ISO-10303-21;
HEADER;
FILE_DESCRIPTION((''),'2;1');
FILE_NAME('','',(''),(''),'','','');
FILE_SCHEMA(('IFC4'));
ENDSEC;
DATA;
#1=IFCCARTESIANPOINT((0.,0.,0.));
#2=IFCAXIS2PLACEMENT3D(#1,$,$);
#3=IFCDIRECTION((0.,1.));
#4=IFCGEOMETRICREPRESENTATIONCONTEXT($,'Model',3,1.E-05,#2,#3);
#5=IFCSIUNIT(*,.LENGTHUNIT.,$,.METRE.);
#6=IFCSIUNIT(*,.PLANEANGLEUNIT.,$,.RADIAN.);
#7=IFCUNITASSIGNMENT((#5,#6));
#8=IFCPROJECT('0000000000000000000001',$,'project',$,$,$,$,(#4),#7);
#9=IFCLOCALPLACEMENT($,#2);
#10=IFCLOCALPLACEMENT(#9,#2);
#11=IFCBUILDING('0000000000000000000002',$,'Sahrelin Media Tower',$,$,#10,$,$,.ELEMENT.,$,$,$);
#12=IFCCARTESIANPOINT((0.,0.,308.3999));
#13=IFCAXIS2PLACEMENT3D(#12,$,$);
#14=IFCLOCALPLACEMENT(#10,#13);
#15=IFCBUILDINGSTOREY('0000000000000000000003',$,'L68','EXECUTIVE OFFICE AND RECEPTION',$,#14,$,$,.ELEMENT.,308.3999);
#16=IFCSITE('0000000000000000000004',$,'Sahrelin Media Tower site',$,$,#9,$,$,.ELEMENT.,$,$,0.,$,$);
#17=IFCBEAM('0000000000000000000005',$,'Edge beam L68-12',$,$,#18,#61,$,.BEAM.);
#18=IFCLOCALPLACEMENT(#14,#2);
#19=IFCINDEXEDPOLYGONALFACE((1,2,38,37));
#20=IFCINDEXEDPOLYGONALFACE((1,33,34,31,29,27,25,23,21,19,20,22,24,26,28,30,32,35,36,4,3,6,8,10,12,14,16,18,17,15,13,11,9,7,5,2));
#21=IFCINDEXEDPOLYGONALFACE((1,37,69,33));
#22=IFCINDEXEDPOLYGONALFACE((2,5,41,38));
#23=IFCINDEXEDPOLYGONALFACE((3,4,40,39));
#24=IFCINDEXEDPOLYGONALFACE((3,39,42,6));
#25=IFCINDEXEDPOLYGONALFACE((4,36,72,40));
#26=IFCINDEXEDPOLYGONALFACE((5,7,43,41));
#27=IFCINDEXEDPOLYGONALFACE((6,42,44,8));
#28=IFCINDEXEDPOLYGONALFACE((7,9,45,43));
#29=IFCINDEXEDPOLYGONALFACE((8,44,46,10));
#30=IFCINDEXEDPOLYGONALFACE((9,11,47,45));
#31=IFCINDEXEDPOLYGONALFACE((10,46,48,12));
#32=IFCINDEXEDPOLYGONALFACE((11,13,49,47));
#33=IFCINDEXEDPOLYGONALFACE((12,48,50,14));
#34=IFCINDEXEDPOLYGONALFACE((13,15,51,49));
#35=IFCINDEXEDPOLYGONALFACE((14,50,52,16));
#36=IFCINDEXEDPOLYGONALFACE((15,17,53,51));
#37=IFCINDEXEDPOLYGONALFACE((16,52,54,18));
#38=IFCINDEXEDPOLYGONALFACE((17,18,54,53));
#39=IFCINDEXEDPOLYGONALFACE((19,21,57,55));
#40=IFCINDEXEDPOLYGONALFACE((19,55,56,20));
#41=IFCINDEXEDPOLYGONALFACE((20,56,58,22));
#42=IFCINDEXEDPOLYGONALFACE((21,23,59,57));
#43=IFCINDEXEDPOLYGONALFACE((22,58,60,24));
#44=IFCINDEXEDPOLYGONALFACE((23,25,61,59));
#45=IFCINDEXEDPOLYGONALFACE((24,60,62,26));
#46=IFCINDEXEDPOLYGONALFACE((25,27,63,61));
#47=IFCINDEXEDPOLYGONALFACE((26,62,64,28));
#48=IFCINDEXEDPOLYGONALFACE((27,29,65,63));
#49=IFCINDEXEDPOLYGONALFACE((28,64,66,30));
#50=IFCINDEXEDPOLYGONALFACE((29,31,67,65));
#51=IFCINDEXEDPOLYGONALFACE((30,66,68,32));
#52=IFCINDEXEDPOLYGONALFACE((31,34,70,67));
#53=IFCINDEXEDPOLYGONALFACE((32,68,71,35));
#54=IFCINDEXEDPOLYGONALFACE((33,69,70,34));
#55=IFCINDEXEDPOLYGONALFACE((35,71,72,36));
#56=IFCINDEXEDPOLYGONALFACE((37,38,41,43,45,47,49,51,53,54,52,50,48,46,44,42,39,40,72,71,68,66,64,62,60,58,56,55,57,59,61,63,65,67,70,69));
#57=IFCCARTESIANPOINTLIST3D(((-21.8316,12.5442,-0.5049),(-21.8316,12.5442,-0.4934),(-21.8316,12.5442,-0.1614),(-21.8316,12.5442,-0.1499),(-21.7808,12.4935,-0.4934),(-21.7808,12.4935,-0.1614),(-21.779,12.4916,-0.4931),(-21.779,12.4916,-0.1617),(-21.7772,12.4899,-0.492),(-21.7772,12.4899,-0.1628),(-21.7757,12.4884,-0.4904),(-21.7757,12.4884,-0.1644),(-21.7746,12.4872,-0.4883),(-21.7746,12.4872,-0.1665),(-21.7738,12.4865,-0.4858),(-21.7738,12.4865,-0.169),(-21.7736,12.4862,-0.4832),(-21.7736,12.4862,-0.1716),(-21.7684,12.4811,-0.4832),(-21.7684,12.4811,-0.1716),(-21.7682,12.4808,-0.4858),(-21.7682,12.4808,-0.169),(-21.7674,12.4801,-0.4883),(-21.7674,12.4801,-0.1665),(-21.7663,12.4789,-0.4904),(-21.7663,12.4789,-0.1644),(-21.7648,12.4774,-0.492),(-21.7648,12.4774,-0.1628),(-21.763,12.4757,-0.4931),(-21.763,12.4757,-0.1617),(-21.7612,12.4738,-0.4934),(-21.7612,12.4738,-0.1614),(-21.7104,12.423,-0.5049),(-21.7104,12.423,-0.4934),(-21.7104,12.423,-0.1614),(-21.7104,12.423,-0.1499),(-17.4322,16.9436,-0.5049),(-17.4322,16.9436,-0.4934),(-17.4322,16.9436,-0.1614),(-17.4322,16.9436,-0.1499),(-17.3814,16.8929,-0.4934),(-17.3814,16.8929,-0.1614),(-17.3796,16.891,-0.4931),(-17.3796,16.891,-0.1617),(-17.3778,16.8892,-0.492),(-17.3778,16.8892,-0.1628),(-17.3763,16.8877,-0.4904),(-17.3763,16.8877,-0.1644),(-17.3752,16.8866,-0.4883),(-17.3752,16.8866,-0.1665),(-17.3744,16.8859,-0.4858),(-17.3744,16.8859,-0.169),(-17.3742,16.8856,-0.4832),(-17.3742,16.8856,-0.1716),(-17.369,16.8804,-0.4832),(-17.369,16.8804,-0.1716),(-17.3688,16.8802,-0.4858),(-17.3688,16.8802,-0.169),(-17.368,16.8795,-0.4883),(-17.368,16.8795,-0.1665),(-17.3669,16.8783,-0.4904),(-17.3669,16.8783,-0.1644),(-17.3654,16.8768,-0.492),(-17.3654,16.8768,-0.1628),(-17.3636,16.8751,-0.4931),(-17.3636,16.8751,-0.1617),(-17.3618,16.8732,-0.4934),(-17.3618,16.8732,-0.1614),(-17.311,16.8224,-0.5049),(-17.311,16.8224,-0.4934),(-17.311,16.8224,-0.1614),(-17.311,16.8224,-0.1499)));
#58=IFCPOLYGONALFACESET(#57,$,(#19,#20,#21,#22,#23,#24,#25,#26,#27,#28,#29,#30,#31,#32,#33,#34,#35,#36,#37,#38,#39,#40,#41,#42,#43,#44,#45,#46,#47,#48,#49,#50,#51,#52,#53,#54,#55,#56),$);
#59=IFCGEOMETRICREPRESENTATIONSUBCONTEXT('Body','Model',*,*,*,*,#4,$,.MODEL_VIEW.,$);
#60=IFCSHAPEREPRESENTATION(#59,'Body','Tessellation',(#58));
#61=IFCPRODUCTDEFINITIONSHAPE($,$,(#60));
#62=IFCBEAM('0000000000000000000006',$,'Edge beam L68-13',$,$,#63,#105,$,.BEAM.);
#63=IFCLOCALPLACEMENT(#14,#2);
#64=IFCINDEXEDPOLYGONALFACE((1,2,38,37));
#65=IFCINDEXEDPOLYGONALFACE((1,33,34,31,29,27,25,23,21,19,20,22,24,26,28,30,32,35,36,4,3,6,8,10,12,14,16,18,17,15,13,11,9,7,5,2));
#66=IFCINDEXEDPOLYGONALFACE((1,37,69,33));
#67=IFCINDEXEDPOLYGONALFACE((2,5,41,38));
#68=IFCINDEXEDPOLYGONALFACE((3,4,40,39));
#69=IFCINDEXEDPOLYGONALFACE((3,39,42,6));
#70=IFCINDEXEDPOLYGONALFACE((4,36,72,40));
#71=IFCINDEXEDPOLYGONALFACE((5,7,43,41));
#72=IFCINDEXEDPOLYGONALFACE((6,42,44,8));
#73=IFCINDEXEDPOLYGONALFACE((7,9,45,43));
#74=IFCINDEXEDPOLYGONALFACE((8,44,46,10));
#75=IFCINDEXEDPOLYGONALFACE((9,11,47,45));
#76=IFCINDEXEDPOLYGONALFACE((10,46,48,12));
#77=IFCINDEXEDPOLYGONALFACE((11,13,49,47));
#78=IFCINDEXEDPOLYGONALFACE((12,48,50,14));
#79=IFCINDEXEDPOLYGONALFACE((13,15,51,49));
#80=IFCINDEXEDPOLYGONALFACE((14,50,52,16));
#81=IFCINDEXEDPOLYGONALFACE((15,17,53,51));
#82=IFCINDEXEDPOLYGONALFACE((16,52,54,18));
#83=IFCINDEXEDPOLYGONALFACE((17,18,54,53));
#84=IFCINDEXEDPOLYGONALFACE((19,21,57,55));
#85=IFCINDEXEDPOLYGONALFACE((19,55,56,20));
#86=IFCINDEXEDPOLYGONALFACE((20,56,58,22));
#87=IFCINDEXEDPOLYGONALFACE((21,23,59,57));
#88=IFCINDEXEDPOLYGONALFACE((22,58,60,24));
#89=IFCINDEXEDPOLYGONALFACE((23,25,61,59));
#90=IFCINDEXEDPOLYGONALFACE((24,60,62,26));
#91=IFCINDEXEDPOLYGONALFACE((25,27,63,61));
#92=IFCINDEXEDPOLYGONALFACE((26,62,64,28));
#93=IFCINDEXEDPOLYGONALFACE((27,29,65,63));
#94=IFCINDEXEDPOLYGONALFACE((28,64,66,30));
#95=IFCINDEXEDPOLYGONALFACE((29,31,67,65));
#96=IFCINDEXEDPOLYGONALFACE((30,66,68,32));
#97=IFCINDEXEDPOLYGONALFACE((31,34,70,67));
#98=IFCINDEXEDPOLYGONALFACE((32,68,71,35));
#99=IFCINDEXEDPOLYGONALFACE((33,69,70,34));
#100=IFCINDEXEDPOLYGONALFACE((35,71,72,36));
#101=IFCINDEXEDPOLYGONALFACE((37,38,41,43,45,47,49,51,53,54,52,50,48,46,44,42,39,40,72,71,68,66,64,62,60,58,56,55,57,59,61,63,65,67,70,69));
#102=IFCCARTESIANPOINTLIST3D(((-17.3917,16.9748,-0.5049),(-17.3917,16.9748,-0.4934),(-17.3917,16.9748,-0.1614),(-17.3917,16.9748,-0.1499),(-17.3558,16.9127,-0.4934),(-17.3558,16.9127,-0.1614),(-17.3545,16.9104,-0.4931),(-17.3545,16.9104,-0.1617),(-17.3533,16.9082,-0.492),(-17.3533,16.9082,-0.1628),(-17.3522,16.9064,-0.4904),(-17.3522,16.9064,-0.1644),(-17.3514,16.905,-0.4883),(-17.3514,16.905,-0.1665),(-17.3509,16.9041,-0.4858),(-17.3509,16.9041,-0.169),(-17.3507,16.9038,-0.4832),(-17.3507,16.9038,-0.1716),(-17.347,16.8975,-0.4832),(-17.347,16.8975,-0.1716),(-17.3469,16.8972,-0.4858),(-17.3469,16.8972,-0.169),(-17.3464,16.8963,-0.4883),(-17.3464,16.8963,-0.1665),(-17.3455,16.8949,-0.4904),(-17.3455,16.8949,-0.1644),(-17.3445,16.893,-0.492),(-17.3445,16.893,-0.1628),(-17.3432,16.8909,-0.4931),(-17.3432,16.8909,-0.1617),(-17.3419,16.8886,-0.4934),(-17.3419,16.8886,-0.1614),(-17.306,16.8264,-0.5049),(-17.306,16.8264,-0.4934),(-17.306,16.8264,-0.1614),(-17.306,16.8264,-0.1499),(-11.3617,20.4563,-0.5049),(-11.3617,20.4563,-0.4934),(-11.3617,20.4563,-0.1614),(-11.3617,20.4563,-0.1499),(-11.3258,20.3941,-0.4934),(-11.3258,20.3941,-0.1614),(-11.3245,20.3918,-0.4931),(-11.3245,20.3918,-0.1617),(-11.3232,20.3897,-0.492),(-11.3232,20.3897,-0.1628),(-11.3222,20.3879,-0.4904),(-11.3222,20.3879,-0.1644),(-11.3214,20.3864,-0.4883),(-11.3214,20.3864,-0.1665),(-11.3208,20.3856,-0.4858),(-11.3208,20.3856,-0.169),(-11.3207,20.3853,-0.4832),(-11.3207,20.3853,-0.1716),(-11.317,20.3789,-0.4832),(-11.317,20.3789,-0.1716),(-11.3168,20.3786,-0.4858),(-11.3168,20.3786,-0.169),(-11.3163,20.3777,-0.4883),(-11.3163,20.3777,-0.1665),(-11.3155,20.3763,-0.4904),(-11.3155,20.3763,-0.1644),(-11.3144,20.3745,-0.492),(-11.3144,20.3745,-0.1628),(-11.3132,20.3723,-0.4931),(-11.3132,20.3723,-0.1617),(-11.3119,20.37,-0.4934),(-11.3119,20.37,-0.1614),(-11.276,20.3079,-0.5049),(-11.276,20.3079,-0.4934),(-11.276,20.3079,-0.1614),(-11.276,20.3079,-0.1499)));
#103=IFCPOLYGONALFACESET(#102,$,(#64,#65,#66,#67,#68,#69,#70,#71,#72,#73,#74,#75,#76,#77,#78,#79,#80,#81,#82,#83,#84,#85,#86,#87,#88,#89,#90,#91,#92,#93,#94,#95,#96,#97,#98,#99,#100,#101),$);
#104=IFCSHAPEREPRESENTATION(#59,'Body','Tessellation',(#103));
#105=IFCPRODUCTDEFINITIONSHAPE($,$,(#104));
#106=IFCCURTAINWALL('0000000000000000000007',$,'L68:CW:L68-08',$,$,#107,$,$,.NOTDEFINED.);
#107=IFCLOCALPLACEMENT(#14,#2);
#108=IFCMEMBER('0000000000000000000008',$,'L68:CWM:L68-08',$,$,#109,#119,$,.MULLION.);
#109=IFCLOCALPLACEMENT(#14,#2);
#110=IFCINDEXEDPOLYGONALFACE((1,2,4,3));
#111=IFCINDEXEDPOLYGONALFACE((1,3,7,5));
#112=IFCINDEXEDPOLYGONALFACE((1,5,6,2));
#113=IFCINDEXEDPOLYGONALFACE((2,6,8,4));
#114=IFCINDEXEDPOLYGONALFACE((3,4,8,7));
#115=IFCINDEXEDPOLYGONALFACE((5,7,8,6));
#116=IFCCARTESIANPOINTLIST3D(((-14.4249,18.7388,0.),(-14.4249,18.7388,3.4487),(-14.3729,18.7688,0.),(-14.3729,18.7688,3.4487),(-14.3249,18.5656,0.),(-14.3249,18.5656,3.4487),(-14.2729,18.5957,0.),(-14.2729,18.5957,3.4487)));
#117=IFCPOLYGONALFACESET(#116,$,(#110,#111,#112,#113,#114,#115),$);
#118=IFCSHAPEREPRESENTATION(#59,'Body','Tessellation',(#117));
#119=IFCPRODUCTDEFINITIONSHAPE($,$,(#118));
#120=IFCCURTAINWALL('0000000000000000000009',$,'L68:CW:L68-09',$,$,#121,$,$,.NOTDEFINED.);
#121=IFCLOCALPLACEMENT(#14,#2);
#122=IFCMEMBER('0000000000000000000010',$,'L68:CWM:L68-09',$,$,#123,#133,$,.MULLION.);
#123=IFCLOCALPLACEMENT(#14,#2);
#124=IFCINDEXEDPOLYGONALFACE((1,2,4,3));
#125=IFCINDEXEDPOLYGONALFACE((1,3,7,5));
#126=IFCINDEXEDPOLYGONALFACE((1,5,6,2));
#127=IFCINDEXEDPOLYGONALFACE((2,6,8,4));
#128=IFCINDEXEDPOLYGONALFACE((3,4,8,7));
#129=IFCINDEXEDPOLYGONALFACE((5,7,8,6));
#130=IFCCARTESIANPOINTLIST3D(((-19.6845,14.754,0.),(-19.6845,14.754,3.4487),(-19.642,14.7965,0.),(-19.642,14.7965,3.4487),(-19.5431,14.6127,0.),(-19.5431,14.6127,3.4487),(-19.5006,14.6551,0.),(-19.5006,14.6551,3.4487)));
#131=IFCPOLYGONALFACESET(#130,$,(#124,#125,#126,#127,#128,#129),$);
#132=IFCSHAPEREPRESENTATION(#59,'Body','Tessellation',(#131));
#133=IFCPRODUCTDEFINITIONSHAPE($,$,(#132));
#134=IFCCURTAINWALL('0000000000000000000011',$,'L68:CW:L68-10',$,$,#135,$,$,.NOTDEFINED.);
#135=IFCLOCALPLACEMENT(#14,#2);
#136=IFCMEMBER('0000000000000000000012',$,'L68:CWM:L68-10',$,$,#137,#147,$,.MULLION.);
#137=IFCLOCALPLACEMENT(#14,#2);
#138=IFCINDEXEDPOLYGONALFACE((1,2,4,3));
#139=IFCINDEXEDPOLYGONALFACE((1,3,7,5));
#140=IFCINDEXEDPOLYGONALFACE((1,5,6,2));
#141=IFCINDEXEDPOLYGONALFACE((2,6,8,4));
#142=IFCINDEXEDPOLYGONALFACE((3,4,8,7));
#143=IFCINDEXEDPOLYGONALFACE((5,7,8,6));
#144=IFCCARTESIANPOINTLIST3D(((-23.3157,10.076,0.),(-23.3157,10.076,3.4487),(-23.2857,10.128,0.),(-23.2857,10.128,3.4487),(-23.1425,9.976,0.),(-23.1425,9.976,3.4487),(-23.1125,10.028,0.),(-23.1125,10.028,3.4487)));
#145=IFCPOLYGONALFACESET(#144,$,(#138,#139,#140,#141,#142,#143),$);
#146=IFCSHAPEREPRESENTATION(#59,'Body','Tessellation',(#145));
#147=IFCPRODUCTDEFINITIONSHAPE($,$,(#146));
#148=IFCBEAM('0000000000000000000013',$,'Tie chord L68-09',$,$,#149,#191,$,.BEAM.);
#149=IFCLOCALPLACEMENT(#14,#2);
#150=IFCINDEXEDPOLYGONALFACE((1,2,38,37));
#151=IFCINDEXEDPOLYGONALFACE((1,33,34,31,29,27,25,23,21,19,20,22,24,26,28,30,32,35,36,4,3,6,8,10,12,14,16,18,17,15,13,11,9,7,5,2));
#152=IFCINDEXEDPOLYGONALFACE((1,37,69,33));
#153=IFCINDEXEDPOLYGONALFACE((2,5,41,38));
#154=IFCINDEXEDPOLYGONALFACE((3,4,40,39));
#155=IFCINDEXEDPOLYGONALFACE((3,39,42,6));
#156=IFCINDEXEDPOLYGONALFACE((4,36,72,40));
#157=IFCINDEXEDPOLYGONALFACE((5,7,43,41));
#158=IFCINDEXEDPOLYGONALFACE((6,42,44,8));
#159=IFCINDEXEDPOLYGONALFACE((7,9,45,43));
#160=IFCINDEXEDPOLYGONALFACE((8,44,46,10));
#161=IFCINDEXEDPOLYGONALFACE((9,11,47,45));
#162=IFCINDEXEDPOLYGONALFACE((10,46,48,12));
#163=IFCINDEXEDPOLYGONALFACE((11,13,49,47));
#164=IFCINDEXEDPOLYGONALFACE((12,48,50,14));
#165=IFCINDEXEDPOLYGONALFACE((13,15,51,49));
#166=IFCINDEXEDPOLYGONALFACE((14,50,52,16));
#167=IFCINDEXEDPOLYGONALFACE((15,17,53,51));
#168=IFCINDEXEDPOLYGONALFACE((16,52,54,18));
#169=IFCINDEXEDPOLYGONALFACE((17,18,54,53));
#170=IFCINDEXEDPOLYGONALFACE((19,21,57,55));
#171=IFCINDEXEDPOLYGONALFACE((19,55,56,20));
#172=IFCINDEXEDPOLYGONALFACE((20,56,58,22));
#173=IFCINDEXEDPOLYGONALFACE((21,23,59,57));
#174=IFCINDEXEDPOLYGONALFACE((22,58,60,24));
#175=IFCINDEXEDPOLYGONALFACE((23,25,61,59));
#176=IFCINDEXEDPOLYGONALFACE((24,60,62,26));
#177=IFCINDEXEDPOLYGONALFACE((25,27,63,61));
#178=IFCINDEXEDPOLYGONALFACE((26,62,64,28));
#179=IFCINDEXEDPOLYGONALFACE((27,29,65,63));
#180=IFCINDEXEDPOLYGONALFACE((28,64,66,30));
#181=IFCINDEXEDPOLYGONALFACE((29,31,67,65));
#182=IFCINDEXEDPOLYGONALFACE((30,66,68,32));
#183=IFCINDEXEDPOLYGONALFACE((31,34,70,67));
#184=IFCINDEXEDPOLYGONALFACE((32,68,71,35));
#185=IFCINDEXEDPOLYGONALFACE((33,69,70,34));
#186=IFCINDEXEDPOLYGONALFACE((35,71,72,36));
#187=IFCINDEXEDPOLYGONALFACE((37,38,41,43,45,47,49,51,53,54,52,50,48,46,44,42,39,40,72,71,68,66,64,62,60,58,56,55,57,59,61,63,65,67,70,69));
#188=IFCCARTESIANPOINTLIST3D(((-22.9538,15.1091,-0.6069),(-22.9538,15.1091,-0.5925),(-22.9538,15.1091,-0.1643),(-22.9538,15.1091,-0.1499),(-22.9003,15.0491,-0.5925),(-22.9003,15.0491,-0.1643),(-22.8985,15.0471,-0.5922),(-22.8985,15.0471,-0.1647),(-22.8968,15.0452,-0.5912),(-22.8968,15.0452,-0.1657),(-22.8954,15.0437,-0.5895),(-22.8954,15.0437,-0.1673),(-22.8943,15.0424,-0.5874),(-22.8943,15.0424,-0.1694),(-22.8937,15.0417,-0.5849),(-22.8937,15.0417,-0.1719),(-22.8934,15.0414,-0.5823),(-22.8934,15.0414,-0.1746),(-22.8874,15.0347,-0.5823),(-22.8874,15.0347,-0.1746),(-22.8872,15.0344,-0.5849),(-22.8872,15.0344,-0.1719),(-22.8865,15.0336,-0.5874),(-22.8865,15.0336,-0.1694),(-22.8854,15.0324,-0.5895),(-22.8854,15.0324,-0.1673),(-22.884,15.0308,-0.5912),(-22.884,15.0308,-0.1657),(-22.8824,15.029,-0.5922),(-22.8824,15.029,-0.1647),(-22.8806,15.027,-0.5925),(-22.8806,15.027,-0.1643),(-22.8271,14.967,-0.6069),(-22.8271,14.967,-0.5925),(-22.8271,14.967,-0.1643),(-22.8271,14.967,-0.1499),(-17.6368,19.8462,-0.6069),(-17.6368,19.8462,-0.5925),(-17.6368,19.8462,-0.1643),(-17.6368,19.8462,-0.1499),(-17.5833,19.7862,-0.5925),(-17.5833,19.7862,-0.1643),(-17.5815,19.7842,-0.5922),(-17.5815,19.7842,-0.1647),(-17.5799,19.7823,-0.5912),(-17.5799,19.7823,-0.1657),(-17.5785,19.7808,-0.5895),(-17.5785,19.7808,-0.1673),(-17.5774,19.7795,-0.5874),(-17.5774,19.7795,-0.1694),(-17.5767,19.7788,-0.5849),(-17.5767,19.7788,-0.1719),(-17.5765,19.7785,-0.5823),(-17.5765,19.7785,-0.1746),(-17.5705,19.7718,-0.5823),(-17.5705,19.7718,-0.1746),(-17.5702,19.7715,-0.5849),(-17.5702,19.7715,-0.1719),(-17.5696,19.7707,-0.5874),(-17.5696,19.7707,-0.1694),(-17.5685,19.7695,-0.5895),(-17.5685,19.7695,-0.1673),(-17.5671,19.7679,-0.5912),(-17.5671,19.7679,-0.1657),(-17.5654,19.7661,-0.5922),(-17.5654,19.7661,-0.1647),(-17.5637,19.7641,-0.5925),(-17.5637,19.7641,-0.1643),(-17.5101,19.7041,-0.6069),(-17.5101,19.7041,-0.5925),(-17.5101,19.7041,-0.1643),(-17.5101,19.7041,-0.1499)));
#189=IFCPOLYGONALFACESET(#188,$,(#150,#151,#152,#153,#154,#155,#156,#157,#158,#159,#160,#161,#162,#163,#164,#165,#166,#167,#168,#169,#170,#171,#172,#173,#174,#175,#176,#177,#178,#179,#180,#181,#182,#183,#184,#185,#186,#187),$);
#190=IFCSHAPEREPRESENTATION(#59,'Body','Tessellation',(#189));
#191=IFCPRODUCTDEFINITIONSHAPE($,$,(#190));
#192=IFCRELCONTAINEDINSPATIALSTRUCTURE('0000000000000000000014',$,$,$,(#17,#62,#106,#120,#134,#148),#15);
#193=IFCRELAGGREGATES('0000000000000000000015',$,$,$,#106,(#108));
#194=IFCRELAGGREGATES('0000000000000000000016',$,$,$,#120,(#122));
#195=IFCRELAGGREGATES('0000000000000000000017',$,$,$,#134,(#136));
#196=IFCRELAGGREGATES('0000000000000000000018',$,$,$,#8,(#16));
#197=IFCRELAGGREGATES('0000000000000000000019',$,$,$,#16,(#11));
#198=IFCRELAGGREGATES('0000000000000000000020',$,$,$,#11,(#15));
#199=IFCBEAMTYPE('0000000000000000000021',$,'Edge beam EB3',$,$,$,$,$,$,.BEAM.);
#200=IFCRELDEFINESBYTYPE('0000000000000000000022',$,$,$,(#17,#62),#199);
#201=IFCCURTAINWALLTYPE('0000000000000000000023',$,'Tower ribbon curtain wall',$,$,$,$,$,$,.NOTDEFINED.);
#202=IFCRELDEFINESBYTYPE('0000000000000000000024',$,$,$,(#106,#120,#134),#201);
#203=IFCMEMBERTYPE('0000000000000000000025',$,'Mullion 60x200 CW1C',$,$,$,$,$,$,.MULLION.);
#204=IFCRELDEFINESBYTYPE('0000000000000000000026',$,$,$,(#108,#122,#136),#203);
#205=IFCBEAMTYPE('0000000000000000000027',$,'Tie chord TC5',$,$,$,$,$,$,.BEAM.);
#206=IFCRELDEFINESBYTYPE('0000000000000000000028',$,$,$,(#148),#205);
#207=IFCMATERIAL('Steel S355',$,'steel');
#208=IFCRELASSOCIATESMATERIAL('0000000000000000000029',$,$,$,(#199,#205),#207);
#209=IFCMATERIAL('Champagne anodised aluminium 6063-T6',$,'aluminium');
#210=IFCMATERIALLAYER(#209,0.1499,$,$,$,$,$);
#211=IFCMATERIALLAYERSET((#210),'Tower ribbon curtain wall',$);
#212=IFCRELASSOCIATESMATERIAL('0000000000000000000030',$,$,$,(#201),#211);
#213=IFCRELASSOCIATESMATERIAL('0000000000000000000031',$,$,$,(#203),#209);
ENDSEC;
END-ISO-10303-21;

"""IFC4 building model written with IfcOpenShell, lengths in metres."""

from ifc_helpers import new_model, si_unit, direction, frame, origin, origin_2d, place, context, subcontext, project, spatial, rectangle, i_section, extrude, material, layer, layer_set, material_profile, profile_set, type_object, element, aggregate, save


model = new_model("IFC4")

# Units and contexts
model_context = context("Model", 3, precision=1e-05, world=origin(), true_north=direction((0.0, 1.0)))
body_context = subcontext(model_context, "Body", "Model", "MODEL_VIEW")
ifc_project = project(units=[si_unit("LENGTHUNIT", "METRE"), si_unit("PLANEANGLEUNIT", "RADIAN")], contexts=[model_context])

# Site, building, storey
site_placement = place(None, origin())
site = spatial("IfcSite", under=ifc_project, at=site_placement, Name="Sahrelin Media Tower site", CompositionType="ELEMENT", RefElevation=0.0)
building_placement = place(site_placement, origin())
building = spatial("IfcBuilding", under=site, at=building_placement, Name="Sahrelin Media Tower", CompositionType="ELEMENT")
storey_placement = place(building_placement, frame((0.0, 0.0, 308.3999)))
storey = spatial("IfcBuildingStorey", under=building, at=storey_placement, Name="L68", Description="EXECUTIVE OFFICE AND RECEPTION", CompositionType="ELEMENT", Elevation=308.3999)

# Beams
ifc_material_1 = material(Name="Steel S355", Category="steel")
ifc_material_profile_1 = material_profile(ifc_material_1, i_section(OverallWidth=0.1714, OverallDepth=0.355, WebThickness=0.0073, FlangeThickness=0.0115, FilletRadius=0.0103, at=origin_2d()), Name="UB 356x171x51")
ifc_profile_set_1 = profile_set([ifc_material_profile_1], Name="Steel S355")
beam_type_1 = type_object("IfcBeamType", Name="Edge beam EB3", PredefinedType="BEAM", material=ifc_profile_set_1)
beam_1_placement = place(storey_placement, frame((-21.771, 12.4836, -0.3274), z_axis=(0.707107, 0.707107, 0.0), x_axis=(-0.707107, 0.707107, 0.0)))
element("IfcBeam", 1, at=beam_1_placement, inside=storey, type_object=beam_type_1, Name="Edge beam L68-12", PredefinedType="BEAM", context=body_context, shape_type="SweptSolid", body=[
    extrude(i_section(OverallWidth=0.1714, OverallDepth=0.355, WebThickness=0.0073, FlangeThickness=0.0115, FilletRadius=0.0103, at=origin_2d()), origin(), (0.0, 0.0, 1.0), 6.2217),
])
beam_2_placement = place(storey_placement, frame((-17.3489, 16.9006, -0.3274), z_axis=(0.866025, 0.500001, 0.0), x_axis=(-0.500001, 0.866025, 0.0)))
element("IfcBeam", 2, at=beam_2_placement, inside=storey, type_object=beam_type_1, Name="Edge beam L68-13", PredefinedType="BEAM", context=body_context, shape_type="SweptSolid", body=[
    extrude(i_section(OverallWidth=0.1714, OverallDepth=0.355, WebThickness=0.0073, FlangeThickness=0.0115, FilletRadius=0.0103, at=origin_2d()), origin(), (0.0, 0.0, 1.0), 6.9629),
])

# Curtain walls, members
ifc_material_2 = material(Name="Champagne anodised aluminium 6063-T6", Category="aluminium")
ifc_layer_1 = layer(ifc_material_2, 0.1499)
ifc_layer_set_1 = layer_set([ifc_layer_1], Name="Tower ribbon curtain wall")
curtain_wall_type = type_object("IfcCurtainWallType", Name="Tower ribbon curtain wall", PredefinedType="NOTDEFINED", material=ifc_layer_set_1)
curtain_wall_1_placement = place(storey_placement, frame((-14.4087, 18.7712, 0.0), z_axis=(0.0, 0.0, 1.0), x_axis=(1.0, 0.0, 0.0)))
curtain_wall_1 = element("IfcCurtainWall", 3, at=curtain_wall_1_placement, inside=storey, type_object=curtain_wall_type, Name="L68:CW:L68-08", PredefinedType="NOTDEFINED")
ifc_material_profile_2 = material_profile(ifc_material_2, rectangle(XDim=0.0601, YDim=0.2, at=origin_2d()), Name="Mullion 60x200")
ifc_profile_set_2 = profile_set([ifc_material_profile_2], Name="Champagne anodised aluminium 6063-T6")
member_type_1 = type_object("IfcMemberType", Name="Mullion 60x200 CW1C", PredefinedType="MULLION", material=ifc_profile_set_2)
member_1_placement = place(storey_placement, frame((-14.3489, 18.6672, 0.0), z_axis=(0.0, 0.0, 1.0), x_axis=(-0.866029, -0.499994, 0.0)))
member_1 = element("IfcMember", 4, at=member_1_placement, type_object=member_type_1, Name="L68:CWM:L68-08", PredefinedType="MULLION", context=body_context, shape_type="SweptSolid", body=[
    extrude(rectangle(XDim=0.0601, YDim=0.2, at=origin_2d()), origin(), (0.0, 0.0, 1.0), 3.4487),
])
aggregate(curtain_wall_1, [member_1])
curtain_wall_2_placement = place(storey_placement, frame((-19.6775, 14.7896, 0.0), z_axis=(0.0, 0.0, 1.0), x_axis=(1.0, 0.0, 0.0)))
curtain_wall_2 = element("IfcCurtainWall", 5, at=curtain_wall_2_placement, inside=storey, type_object=curtain_wall_type, Name="L68:CW:L68-09", PredefinedType="NOTDEFINED")
member_2_placement = place(storey_placement, frame((-19.5925, 14.7046, 0.0), z_axis=(0.0, 0.0, 1.0), x_axis=(-0.707107, -0.707107, 0.0)))
member_2 = element("IfcMember", 6, at=member_2_placement, type_object=member_type_1, Name="L68:CWM:L68-09", PredefinedType="MULLION", context=body_context, shape_type="SweptSolid", body=[
    extrude(rectangle(XDim=0.0601, YDim=0.2, at=origin_2d()), origin(), (0.0, 0.0, 1.0), 3.4487),
])
curtain_wall_3_placement = place(storey_placement, frame((-23.3181, 10.1118, 0.0), z_axis=(0.0, 0.0, 1.0), x_axis=(1.0, 0.0, 0.0)))
curtain_wall_3 = element("IfcCurtainWall", 7, at=curtain_wall_3_placement, inside=storey, type_object=curtain_wall_type, Name="L68:CW:L68-10", PredefinedType="NOTDEFINED")
member_3_placement = place(storey_placement, frame((-23.2141, 10.052, 0.0), z_axis=(0.0, 0.0, 1.0), x_axis=(-0.499991, -0.866031, 0.0)))
member_3 = element("IfcMember", 8, at=member_3_placement, type_object=member_type_1, Name="L68:CWM:L68-10", PredefinedType="MULLION", context=body_context, shape_type="SweptSolid", body=[
    extrude(rectangle(XDim=0.0601, YDim=0.2, at=origin_2d()), origin(), (0.0, 0.0, 1.0), 3.4487),
])

# Beam
ifc_material_profile_3 = material_profile(ifc_material_1, i_section(OverallWidth=0.1904, OverallDepth=0.457, WebThickness=0.009, FlangeThickness=0.0144, FilletRadius=0.0103, at=origin_2d()), Name="UB 457x191x74")
ifc_profile_set_3 = profile_set([ifc_material_profile_3], Name="Steel S355")
beam_type_2 = type_object("IfcBeamType", Name="Tie chord TC5", PredefinedType="BEAM", material=ifc_profile_set_3)
beam_3_placement = place(storey_placement, frame((-17.5735, 19.7751, -0.3784), z_axis=(-0.746647, -0.665221, 0.0), x_axis=(0.665221, -0.746647, 0.0)))
element("IfcBeam", 9, at=beam_3_placement, inside=storey, type_object=beam_type_2, Name="Tie chord L68-09", PredefinedType="BEAM", context=body_context, shape_type="SweptSolid", body=[
    extrude(i_section(OverallWidth=0.1904, OverallDepth=0.457, WebThickness=0.009, FlangeThickness=0.0144, FilletRadius=0.0103, at=origin_2d()), origin(), (0.0, 0.0, 1.0), 7.1211),
])

aggregate(curtain_wall_2, [member_2])
aggregate(curtain_wall_3, [member_3])

save(model, "model.ifc")
